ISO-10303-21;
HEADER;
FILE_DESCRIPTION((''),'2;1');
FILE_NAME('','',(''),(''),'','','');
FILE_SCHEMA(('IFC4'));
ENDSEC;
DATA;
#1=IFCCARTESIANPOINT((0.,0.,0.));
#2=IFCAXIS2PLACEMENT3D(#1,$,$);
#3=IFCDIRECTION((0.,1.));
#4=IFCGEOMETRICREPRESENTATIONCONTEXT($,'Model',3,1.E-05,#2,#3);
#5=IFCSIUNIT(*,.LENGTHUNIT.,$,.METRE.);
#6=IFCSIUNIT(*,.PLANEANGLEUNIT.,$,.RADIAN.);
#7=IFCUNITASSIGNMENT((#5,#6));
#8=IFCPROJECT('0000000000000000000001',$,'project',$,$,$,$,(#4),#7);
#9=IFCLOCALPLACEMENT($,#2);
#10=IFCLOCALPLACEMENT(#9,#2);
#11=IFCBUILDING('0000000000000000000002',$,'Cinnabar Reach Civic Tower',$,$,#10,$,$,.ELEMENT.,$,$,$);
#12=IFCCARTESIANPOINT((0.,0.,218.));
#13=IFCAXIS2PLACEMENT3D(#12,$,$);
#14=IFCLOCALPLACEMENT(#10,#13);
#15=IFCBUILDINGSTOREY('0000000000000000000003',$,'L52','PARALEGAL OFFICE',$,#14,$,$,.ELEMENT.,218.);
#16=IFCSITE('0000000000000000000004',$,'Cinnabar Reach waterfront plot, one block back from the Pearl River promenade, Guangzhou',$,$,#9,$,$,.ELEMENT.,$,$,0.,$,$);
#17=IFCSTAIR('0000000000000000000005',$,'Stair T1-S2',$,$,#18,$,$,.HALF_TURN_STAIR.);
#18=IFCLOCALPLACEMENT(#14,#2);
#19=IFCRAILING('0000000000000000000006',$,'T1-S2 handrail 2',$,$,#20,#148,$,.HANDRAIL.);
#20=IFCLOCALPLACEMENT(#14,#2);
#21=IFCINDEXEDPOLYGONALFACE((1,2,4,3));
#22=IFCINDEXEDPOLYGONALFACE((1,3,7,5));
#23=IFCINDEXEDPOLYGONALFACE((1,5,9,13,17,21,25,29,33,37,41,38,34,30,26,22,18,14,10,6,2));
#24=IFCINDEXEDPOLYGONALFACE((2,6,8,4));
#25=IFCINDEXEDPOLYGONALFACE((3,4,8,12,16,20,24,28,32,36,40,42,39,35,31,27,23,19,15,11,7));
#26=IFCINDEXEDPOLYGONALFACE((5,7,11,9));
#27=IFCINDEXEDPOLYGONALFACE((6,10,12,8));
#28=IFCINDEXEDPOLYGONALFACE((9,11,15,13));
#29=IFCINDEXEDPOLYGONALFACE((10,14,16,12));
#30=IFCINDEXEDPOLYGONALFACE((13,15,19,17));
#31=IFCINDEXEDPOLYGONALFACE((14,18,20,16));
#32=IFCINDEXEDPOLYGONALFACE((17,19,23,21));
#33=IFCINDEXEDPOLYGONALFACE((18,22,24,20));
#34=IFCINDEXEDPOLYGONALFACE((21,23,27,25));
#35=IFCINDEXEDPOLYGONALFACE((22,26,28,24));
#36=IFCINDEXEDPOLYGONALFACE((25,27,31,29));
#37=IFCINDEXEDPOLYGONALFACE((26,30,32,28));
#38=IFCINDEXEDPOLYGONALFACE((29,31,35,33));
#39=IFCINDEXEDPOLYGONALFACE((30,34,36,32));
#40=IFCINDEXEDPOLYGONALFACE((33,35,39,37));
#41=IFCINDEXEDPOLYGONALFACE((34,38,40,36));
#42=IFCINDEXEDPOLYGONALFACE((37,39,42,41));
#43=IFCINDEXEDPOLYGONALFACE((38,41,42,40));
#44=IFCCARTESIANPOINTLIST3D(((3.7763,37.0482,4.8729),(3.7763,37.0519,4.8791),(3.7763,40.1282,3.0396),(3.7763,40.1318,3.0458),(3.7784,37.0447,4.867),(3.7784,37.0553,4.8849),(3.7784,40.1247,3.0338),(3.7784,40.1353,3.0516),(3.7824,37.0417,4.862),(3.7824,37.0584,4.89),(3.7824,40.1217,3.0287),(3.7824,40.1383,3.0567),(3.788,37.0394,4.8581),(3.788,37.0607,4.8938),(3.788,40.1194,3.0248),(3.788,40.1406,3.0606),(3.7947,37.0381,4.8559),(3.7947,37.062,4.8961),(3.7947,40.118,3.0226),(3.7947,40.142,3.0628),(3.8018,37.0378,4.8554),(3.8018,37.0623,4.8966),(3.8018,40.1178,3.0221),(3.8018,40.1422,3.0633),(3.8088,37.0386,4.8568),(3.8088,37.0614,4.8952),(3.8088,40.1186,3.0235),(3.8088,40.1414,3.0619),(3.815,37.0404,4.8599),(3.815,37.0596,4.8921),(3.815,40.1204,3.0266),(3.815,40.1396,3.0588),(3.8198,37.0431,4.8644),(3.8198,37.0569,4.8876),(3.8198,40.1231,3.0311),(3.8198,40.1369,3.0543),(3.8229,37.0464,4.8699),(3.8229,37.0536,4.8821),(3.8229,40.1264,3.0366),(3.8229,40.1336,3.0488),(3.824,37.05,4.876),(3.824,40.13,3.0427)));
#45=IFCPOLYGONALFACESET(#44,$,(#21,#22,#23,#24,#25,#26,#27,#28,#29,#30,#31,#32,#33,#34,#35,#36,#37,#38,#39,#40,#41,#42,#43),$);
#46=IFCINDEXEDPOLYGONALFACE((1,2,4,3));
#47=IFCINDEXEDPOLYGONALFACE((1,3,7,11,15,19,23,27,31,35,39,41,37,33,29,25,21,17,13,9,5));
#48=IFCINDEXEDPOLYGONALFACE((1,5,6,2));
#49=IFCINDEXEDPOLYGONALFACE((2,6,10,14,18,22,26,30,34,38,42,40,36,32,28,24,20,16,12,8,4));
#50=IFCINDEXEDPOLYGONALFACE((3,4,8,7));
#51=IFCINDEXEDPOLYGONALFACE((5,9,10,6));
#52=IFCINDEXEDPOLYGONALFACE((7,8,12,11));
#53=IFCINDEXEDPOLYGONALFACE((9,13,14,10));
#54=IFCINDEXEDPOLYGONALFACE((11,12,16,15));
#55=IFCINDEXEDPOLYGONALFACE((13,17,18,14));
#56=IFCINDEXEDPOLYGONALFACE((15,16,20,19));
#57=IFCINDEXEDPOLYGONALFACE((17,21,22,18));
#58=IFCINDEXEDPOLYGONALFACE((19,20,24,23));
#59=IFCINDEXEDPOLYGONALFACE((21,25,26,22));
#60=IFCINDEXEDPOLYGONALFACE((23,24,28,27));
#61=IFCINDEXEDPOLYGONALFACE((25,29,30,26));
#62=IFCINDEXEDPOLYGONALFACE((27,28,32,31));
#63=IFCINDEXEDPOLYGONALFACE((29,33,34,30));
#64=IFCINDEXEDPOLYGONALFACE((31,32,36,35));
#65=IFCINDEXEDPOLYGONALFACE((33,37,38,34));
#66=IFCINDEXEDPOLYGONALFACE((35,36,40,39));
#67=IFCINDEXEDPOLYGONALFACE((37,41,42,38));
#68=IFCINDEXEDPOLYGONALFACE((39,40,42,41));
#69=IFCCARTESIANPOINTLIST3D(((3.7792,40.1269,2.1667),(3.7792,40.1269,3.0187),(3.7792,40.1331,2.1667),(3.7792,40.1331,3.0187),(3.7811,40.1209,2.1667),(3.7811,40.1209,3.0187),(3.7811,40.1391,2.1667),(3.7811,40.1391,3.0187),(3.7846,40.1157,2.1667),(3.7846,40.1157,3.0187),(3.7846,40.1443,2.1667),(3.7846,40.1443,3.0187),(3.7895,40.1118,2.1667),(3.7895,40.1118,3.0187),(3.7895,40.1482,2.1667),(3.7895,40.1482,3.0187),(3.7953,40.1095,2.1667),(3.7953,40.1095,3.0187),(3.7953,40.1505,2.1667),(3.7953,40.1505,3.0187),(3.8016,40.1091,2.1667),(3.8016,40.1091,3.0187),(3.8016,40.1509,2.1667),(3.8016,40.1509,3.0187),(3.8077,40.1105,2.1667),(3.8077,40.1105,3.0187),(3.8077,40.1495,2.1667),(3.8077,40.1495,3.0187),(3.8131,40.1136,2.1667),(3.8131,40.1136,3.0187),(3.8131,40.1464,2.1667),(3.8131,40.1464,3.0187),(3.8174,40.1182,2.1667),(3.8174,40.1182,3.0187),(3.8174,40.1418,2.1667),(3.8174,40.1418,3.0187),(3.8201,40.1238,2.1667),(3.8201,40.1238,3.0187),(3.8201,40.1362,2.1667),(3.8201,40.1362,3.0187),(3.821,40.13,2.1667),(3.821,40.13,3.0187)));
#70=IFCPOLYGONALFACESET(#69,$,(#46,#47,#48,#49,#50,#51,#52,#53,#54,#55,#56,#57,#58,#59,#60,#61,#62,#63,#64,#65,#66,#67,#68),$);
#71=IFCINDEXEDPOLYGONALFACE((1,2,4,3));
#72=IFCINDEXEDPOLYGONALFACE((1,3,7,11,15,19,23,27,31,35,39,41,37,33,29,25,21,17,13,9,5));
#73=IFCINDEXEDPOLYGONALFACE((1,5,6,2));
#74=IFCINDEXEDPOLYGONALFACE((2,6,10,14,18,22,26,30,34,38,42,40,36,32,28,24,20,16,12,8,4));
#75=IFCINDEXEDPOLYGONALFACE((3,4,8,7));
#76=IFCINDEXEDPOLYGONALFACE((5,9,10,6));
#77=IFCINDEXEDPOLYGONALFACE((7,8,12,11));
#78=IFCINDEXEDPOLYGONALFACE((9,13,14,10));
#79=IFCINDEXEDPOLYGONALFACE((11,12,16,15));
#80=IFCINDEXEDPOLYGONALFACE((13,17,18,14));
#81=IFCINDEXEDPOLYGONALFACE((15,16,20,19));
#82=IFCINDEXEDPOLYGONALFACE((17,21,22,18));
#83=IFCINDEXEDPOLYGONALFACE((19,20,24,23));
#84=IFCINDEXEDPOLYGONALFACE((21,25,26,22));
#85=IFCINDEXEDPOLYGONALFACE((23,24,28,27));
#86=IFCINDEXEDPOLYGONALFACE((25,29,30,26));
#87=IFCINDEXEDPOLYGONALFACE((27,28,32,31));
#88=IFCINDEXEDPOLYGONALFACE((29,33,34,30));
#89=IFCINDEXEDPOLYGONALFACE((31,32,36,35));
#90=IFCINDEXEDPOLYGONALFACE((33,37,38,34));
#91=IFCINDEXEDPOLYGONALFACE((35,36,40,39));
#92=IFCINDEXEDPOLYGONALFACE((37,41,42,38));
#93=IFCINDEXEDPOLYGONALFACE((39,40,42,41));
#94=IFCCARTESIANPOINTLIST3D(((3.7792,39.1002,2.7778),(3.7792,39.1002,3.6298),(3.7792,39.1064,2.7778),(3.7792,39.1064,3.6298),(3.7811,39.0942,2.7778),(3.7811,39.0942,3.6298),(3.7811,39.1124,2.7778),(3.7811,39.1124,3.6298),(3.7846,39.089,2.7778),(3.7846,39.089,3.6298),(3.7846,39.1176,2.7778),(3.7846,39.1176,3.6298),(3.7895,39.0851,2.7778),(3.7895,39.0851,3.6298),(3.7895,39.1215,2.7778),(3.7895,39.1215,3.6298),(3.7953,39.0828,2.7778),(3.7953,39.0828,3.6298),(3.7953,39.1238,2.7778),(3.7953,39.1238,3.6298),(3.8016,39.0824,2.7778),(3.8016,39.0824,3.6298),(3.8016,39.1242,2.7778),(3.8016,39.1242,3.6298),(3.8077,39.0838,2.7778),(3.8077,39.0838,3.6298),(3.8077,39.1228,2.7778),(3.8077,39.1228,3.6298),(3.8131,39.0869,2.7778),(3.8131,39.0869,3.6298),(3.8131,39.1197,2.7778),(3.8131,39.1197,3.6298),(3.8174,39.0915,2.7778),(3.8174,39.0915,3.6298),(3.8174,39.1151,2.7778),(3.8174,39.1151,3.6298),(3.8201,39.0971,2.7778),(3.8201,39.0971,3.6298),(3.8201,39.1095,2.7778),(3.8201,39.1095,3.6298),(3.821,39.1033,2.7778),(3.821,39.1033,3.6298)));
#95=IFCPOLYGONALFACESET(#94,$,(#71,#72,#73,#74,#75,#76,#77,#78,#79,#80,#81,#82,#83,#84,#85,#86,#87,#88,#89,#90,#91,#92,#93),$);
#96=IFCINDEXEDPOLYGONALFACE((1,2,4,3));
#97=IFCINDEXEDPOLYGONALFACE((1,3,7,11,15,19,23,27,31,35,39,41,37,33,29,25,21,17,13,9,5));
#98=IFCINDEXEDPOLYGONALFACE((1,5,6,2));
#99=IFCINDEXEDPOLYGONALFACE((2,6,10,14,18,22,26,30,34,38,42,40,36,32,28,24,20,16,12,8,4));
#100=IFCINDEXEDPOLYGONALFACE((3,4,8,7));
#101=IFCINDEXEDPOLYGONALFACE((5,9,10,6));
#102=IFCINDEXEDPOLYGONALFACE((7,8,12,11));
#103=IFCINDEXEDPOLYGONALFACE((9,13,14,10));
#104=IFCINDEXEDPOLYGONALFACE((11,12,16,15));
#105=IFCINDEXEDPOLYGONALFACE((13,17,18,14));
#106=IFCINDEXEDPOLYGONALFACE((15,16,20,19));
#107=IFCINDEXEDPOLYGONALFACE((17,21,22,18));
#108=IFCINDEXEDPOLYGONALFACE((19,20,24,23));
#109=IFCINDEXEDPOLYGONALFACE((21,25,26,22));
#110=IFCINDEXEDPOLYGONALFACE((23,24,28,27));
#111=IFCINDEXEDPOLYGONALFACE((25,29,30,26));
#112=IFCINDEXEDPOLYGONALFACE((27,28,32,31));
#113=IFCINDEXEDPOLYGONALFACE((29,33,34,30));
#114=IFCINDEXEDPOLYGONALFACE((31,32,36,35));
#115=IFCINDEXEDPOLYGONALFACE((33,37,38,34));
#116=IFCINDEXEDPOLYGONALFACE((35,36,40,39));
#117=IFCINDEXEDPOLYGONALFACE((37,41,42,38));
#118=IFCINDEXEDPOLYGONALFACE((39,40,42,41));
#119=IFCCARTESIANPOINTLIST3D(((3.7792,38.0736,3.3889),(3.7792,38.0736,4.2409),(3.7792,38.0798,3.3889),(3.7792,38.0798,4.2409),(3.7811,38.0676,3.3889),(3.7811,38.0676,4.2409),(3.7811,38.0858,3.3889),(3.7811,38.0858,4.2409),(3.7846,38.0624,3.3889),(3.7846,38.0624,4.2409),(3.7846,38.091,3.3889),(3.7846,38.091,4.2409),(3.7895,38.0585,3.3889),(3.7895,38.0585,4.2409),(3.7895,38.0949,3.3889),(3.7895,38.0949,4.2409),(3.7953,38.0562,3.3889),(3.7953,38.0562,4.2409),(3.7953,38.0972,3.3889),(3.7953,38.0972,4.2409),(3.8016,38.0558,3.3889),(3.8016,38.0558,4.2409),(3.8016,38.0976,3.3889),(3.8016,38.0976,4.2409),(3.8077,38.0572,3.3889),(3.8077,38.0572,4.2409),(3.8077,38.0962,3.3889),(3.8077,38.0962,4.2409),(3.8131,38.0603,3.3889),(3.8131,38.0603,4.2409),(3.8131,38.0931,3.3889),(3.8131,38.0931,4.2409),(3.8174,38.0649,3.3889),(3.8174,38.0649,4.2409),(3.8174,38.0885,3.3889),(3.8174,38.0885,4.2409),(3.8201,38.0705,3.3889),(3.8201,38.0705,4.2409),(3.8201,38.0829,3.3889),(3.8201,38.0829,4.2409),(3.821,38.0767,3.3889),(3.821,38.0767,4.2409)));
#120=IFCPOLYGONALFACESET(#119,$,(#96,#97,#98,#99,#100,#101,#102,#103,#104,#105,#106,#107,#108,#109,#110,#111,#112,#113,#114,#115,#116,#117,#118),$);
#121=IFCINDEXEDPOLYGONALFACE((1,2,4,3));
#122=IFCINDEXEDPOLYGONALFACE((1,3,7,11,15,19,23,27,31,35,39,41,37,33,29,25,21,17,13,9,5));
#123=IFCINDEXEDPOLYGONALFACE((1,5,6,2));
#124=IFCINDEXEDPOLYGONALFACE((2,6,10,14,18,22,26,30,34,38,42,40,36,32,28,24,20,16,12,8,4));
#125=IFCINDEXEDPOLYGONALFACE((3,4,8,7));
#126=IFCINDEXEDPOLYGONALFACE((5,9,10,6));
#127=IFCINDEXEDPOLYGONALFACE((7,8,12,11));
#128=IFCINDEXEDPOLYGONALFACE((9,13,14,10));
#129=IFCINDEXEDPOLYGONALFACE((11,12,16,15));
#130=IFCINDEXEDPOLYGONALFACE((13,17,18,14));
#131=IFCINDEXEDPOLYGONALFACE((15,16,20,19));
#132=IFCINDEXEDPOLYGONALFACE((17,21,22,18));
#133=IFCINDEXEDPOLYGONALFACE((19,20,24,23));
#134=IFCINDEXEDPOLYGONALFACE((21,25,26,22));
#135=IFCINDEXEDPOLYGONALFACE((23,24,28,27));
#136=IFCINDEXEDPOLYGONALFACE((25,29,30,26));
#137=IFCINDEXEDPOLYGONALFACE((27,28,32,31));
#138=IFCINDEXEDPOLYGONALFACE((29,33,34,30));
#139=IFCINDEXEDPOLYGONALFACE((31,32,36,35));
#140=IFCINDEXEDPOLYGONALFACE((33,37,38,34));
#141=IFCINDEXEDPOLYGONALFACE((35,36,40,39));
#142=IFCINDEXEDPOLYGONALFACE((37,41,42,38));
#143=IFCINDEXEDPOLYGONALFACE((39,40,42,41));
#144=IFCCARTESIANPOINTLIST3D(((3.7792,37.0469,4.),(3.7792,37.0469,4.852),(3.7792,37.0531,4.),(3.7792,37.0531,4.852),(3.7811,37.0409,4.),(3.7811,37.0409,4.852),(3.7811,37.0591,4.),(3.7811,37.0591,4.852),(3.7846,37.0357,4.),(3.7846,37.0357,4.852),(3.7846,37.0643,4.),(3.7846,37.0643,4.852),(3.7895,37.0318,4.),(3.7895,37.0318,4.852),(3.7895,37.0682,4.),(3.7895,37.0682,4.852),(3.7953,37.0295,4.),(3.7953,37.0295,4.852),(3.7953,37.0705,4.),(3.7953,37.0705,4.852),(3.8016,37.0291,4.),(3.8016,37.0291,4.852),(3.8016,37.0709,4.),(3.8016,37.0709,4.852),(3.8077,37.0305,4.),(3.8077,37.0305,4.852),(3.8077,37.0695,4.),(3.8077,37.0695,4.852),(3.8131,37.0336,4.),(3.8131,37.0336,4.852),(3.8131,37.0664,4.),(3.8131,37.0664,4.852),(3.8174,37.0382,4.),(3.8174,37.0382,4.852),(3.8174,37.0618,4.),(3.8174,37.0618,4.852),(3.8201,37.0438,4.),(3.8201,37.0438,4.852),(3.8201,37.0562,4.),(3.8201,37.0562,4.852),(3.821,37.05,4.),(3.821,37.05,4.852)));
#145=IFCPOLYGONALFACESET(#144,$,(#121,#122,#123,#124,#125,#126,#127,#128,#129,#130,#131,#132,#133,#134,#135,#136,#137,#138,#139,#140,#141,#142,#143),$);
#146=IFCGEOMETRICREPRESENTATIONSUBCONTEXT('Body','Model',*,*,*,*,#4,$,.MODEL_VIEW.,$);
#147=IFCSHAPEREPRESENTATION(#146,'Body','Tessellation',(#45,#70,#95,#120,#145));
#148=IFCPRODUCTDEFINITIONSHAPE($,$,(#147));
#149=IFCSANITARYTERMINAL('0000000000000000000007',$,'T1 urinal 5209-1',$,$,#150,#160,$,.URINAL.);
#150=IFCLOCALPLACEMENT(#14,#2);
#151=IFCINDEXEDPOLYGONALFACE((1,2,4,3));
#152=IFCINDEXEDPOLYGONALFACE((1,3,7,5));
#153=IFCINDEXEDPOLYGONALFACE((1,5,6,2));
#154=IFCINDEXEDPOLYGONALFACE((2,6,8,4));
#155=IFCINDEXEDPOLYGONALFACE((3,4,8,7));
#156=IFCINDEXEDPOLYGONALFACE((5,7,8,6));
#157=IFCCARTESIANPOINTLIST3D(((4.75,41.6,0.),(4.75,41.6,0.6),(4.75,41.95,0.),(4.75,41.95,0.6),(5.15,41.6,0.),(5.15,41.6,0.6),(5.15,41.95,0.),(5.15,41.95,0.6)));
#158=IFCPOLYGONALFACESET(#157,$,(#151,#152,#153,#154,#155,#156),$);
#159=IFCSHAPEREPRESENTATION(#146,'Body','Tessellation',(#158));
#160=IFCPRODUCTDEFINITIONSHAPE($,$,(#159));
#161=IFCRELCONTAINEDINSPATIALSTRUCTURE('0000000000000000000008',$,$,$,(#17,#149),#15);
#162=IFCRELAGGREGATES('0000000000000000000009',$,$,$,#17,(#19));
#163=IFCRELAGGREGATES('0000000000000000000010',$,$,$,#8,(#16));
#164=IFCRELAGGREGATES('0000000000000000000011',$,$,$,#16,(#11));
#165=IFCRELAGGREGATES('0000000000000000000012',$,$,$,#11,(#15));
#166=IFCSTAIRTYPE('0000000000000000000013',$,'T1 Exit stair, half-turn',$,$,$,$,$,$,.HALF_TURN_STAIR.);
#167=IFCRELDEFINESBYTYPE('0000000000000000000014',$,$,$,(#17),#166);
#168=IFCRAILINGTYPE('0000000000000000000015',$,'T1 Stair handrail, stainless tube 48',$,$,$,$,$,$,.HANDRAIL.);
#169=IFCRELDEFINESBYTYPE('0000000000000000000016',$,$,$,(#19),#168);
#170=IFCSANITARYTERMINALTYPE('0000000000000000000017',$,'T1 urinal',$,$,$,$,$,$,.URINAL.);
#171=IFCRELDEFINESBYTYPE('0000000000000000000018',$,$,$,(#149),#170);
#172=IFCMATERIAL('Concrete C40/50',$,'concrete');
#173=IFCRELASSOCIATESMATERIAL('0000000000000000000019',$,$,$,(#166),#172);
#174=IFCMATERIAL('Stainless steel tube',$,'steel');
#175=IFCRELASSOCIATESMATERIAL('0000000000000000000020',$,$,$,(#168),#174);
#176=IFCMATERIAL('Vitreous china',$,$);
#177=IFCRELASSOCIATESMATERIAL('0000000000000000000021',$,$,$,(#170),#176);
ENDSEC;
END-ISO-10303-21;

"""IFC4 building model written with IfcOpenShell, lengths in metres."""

from ifc_helpers import new_model, si_unit, direction, frame, origin, origin_2d, place, context, subcontext, project, spatial, rectangle, circle, extrude, material, type_object, element, aggregate, save


model = new_model("IFC4")

# Units and contexts
model_context = context("Model", 3, precision=1e-05, world=origin(), true_north=direction((0.0, 1.0)))
body_context = subcontext(model_context, "Body", "Model", "MODEL_VIEW")
ifc_project = project(units=[si_unit("LENGTHUNIT", "METRE"), si_unit("PLANEANGLEUNIT", "RADIAN")], contexts=[model_context])

# Site, building, storey
site_placement = place(None, origin())
site = spatial("IfcSite", under=ifc_project, at=site_placement, Name="Cinnabar Reach waterfront plot, one block back from the Pearl River promenade, Guangzhou", CompositionType="ELEMENT", RefElevation=0.0)
building_placement = place(site_placement, origin())
building = spatial("IfcBuilding", under=site, at=building_placement, Name="Cinnabar Reach Civic Tower", CompositionType="ELEMENT")
storey_placement = place(building_placement, frame((0.0, 0.0, 218.0)))
storey = spatial("IfcBuildingStorey", under=building, at=storey_placement, Name="L52", Description="PARALEGAL OFFICE", CompositionType="ELEMENT", Elevation=218.0)

# Shared definitions
ifc_material_1 = material(Name="Concrete C40/50", Category="concrete")

# Stair, railing
stair_type = type_object("IfcStairType", Name="T1 Exit stair, half-turn", PredefinedType="HALF_TURN_STAIR", material=ifc_material_1)
stair_placement = place(storey_placement, origin())
stair = element("IfcStair", 1, at=stair_placement, inside=storey, type_object=stair_type, Name="Stair T1-S2", PredefinedType="HALF_TURN_STAIR")
ifc_material_2 = material(Name="Stainless steel tube", Category="steel")
railing_type = type_object("IfcRailingType", Name="T1 Stair handrail, stainless tube 48", PredefinedType="HANDRAIL", material=ifc_material_2)
railing_1_placement = place(storey_placement, frame((3.8, 40.13, 2.1667)))
railing_1 = element("IfcRailing", 2, at=railing_1_placement, type_object=railing_type, Name="T1-S2 handrail 2", PredefinedType="HANDRAIL", context=body_context, shape_type="SweptSolid", body=[
    extrude(circle(Radius=0.024, at=origin_2d()), frame((0.0, 0.0, 0.876), z_axis=(0.0, -0.859297, 0.511477), x_axis=(1.0, 0.0, 0.0)), (0.0, 0.0, 1.0), 3.5843),
    extrude(circle(Radius=0.021, at=origin_2d()), origin(), (0.0, 0.0, 1.0), 0.852),
    extrude(circle(Radius=0.021, at=origin_2d()), frame((0.0, -1.0267, 0.6111)), (0.0, 0.0, 1.0), 0.852),
    extrude(circle(Radius=0.021, at=origin_2d()), frame((0.0, -2.0533, 1.2222)), (0.0, 0.0, 1.0), 0.852),
    extrude(circle(Radius=0.021, at=origin_2d()), frame((0.0, -3.08, 1.8333)), (0.0, 0.0, 1.0), 0.852),
])
aggregate(stair, [railing_1])

# Sanitary terminal
ifc_material_3 = material(Name="Vitreous china")
sanitary_terminal_type = type_object("IfcSanitaryTerminalType", Name="T1 urinal", PredefinedType="URINAL", material=ifc_material_3)
sanitary_terminal_placement = place(storey_placement, frame((4.95, 41.775, 0.0), z_axis=(0.0, 0.0, 1.0), x_axis=(1.0, 0.0, 0.0)))
element("IfcSanitaryTerminal", 3, at=sanitary_terminal_placement, inside=storey, type_object=sanitary_terminal_type, Name="T1 urinal 5209-1", PredefinedType="URINAL", context=body_context, shape_type="SweptSolid", body=[
    extrude(rectangle(XDim=0.4, YDim=0.35, at=origin_2d()), origin(), (0.0, 0.0, 1.0), 0.6),
])

save(model, "model.ifc")
